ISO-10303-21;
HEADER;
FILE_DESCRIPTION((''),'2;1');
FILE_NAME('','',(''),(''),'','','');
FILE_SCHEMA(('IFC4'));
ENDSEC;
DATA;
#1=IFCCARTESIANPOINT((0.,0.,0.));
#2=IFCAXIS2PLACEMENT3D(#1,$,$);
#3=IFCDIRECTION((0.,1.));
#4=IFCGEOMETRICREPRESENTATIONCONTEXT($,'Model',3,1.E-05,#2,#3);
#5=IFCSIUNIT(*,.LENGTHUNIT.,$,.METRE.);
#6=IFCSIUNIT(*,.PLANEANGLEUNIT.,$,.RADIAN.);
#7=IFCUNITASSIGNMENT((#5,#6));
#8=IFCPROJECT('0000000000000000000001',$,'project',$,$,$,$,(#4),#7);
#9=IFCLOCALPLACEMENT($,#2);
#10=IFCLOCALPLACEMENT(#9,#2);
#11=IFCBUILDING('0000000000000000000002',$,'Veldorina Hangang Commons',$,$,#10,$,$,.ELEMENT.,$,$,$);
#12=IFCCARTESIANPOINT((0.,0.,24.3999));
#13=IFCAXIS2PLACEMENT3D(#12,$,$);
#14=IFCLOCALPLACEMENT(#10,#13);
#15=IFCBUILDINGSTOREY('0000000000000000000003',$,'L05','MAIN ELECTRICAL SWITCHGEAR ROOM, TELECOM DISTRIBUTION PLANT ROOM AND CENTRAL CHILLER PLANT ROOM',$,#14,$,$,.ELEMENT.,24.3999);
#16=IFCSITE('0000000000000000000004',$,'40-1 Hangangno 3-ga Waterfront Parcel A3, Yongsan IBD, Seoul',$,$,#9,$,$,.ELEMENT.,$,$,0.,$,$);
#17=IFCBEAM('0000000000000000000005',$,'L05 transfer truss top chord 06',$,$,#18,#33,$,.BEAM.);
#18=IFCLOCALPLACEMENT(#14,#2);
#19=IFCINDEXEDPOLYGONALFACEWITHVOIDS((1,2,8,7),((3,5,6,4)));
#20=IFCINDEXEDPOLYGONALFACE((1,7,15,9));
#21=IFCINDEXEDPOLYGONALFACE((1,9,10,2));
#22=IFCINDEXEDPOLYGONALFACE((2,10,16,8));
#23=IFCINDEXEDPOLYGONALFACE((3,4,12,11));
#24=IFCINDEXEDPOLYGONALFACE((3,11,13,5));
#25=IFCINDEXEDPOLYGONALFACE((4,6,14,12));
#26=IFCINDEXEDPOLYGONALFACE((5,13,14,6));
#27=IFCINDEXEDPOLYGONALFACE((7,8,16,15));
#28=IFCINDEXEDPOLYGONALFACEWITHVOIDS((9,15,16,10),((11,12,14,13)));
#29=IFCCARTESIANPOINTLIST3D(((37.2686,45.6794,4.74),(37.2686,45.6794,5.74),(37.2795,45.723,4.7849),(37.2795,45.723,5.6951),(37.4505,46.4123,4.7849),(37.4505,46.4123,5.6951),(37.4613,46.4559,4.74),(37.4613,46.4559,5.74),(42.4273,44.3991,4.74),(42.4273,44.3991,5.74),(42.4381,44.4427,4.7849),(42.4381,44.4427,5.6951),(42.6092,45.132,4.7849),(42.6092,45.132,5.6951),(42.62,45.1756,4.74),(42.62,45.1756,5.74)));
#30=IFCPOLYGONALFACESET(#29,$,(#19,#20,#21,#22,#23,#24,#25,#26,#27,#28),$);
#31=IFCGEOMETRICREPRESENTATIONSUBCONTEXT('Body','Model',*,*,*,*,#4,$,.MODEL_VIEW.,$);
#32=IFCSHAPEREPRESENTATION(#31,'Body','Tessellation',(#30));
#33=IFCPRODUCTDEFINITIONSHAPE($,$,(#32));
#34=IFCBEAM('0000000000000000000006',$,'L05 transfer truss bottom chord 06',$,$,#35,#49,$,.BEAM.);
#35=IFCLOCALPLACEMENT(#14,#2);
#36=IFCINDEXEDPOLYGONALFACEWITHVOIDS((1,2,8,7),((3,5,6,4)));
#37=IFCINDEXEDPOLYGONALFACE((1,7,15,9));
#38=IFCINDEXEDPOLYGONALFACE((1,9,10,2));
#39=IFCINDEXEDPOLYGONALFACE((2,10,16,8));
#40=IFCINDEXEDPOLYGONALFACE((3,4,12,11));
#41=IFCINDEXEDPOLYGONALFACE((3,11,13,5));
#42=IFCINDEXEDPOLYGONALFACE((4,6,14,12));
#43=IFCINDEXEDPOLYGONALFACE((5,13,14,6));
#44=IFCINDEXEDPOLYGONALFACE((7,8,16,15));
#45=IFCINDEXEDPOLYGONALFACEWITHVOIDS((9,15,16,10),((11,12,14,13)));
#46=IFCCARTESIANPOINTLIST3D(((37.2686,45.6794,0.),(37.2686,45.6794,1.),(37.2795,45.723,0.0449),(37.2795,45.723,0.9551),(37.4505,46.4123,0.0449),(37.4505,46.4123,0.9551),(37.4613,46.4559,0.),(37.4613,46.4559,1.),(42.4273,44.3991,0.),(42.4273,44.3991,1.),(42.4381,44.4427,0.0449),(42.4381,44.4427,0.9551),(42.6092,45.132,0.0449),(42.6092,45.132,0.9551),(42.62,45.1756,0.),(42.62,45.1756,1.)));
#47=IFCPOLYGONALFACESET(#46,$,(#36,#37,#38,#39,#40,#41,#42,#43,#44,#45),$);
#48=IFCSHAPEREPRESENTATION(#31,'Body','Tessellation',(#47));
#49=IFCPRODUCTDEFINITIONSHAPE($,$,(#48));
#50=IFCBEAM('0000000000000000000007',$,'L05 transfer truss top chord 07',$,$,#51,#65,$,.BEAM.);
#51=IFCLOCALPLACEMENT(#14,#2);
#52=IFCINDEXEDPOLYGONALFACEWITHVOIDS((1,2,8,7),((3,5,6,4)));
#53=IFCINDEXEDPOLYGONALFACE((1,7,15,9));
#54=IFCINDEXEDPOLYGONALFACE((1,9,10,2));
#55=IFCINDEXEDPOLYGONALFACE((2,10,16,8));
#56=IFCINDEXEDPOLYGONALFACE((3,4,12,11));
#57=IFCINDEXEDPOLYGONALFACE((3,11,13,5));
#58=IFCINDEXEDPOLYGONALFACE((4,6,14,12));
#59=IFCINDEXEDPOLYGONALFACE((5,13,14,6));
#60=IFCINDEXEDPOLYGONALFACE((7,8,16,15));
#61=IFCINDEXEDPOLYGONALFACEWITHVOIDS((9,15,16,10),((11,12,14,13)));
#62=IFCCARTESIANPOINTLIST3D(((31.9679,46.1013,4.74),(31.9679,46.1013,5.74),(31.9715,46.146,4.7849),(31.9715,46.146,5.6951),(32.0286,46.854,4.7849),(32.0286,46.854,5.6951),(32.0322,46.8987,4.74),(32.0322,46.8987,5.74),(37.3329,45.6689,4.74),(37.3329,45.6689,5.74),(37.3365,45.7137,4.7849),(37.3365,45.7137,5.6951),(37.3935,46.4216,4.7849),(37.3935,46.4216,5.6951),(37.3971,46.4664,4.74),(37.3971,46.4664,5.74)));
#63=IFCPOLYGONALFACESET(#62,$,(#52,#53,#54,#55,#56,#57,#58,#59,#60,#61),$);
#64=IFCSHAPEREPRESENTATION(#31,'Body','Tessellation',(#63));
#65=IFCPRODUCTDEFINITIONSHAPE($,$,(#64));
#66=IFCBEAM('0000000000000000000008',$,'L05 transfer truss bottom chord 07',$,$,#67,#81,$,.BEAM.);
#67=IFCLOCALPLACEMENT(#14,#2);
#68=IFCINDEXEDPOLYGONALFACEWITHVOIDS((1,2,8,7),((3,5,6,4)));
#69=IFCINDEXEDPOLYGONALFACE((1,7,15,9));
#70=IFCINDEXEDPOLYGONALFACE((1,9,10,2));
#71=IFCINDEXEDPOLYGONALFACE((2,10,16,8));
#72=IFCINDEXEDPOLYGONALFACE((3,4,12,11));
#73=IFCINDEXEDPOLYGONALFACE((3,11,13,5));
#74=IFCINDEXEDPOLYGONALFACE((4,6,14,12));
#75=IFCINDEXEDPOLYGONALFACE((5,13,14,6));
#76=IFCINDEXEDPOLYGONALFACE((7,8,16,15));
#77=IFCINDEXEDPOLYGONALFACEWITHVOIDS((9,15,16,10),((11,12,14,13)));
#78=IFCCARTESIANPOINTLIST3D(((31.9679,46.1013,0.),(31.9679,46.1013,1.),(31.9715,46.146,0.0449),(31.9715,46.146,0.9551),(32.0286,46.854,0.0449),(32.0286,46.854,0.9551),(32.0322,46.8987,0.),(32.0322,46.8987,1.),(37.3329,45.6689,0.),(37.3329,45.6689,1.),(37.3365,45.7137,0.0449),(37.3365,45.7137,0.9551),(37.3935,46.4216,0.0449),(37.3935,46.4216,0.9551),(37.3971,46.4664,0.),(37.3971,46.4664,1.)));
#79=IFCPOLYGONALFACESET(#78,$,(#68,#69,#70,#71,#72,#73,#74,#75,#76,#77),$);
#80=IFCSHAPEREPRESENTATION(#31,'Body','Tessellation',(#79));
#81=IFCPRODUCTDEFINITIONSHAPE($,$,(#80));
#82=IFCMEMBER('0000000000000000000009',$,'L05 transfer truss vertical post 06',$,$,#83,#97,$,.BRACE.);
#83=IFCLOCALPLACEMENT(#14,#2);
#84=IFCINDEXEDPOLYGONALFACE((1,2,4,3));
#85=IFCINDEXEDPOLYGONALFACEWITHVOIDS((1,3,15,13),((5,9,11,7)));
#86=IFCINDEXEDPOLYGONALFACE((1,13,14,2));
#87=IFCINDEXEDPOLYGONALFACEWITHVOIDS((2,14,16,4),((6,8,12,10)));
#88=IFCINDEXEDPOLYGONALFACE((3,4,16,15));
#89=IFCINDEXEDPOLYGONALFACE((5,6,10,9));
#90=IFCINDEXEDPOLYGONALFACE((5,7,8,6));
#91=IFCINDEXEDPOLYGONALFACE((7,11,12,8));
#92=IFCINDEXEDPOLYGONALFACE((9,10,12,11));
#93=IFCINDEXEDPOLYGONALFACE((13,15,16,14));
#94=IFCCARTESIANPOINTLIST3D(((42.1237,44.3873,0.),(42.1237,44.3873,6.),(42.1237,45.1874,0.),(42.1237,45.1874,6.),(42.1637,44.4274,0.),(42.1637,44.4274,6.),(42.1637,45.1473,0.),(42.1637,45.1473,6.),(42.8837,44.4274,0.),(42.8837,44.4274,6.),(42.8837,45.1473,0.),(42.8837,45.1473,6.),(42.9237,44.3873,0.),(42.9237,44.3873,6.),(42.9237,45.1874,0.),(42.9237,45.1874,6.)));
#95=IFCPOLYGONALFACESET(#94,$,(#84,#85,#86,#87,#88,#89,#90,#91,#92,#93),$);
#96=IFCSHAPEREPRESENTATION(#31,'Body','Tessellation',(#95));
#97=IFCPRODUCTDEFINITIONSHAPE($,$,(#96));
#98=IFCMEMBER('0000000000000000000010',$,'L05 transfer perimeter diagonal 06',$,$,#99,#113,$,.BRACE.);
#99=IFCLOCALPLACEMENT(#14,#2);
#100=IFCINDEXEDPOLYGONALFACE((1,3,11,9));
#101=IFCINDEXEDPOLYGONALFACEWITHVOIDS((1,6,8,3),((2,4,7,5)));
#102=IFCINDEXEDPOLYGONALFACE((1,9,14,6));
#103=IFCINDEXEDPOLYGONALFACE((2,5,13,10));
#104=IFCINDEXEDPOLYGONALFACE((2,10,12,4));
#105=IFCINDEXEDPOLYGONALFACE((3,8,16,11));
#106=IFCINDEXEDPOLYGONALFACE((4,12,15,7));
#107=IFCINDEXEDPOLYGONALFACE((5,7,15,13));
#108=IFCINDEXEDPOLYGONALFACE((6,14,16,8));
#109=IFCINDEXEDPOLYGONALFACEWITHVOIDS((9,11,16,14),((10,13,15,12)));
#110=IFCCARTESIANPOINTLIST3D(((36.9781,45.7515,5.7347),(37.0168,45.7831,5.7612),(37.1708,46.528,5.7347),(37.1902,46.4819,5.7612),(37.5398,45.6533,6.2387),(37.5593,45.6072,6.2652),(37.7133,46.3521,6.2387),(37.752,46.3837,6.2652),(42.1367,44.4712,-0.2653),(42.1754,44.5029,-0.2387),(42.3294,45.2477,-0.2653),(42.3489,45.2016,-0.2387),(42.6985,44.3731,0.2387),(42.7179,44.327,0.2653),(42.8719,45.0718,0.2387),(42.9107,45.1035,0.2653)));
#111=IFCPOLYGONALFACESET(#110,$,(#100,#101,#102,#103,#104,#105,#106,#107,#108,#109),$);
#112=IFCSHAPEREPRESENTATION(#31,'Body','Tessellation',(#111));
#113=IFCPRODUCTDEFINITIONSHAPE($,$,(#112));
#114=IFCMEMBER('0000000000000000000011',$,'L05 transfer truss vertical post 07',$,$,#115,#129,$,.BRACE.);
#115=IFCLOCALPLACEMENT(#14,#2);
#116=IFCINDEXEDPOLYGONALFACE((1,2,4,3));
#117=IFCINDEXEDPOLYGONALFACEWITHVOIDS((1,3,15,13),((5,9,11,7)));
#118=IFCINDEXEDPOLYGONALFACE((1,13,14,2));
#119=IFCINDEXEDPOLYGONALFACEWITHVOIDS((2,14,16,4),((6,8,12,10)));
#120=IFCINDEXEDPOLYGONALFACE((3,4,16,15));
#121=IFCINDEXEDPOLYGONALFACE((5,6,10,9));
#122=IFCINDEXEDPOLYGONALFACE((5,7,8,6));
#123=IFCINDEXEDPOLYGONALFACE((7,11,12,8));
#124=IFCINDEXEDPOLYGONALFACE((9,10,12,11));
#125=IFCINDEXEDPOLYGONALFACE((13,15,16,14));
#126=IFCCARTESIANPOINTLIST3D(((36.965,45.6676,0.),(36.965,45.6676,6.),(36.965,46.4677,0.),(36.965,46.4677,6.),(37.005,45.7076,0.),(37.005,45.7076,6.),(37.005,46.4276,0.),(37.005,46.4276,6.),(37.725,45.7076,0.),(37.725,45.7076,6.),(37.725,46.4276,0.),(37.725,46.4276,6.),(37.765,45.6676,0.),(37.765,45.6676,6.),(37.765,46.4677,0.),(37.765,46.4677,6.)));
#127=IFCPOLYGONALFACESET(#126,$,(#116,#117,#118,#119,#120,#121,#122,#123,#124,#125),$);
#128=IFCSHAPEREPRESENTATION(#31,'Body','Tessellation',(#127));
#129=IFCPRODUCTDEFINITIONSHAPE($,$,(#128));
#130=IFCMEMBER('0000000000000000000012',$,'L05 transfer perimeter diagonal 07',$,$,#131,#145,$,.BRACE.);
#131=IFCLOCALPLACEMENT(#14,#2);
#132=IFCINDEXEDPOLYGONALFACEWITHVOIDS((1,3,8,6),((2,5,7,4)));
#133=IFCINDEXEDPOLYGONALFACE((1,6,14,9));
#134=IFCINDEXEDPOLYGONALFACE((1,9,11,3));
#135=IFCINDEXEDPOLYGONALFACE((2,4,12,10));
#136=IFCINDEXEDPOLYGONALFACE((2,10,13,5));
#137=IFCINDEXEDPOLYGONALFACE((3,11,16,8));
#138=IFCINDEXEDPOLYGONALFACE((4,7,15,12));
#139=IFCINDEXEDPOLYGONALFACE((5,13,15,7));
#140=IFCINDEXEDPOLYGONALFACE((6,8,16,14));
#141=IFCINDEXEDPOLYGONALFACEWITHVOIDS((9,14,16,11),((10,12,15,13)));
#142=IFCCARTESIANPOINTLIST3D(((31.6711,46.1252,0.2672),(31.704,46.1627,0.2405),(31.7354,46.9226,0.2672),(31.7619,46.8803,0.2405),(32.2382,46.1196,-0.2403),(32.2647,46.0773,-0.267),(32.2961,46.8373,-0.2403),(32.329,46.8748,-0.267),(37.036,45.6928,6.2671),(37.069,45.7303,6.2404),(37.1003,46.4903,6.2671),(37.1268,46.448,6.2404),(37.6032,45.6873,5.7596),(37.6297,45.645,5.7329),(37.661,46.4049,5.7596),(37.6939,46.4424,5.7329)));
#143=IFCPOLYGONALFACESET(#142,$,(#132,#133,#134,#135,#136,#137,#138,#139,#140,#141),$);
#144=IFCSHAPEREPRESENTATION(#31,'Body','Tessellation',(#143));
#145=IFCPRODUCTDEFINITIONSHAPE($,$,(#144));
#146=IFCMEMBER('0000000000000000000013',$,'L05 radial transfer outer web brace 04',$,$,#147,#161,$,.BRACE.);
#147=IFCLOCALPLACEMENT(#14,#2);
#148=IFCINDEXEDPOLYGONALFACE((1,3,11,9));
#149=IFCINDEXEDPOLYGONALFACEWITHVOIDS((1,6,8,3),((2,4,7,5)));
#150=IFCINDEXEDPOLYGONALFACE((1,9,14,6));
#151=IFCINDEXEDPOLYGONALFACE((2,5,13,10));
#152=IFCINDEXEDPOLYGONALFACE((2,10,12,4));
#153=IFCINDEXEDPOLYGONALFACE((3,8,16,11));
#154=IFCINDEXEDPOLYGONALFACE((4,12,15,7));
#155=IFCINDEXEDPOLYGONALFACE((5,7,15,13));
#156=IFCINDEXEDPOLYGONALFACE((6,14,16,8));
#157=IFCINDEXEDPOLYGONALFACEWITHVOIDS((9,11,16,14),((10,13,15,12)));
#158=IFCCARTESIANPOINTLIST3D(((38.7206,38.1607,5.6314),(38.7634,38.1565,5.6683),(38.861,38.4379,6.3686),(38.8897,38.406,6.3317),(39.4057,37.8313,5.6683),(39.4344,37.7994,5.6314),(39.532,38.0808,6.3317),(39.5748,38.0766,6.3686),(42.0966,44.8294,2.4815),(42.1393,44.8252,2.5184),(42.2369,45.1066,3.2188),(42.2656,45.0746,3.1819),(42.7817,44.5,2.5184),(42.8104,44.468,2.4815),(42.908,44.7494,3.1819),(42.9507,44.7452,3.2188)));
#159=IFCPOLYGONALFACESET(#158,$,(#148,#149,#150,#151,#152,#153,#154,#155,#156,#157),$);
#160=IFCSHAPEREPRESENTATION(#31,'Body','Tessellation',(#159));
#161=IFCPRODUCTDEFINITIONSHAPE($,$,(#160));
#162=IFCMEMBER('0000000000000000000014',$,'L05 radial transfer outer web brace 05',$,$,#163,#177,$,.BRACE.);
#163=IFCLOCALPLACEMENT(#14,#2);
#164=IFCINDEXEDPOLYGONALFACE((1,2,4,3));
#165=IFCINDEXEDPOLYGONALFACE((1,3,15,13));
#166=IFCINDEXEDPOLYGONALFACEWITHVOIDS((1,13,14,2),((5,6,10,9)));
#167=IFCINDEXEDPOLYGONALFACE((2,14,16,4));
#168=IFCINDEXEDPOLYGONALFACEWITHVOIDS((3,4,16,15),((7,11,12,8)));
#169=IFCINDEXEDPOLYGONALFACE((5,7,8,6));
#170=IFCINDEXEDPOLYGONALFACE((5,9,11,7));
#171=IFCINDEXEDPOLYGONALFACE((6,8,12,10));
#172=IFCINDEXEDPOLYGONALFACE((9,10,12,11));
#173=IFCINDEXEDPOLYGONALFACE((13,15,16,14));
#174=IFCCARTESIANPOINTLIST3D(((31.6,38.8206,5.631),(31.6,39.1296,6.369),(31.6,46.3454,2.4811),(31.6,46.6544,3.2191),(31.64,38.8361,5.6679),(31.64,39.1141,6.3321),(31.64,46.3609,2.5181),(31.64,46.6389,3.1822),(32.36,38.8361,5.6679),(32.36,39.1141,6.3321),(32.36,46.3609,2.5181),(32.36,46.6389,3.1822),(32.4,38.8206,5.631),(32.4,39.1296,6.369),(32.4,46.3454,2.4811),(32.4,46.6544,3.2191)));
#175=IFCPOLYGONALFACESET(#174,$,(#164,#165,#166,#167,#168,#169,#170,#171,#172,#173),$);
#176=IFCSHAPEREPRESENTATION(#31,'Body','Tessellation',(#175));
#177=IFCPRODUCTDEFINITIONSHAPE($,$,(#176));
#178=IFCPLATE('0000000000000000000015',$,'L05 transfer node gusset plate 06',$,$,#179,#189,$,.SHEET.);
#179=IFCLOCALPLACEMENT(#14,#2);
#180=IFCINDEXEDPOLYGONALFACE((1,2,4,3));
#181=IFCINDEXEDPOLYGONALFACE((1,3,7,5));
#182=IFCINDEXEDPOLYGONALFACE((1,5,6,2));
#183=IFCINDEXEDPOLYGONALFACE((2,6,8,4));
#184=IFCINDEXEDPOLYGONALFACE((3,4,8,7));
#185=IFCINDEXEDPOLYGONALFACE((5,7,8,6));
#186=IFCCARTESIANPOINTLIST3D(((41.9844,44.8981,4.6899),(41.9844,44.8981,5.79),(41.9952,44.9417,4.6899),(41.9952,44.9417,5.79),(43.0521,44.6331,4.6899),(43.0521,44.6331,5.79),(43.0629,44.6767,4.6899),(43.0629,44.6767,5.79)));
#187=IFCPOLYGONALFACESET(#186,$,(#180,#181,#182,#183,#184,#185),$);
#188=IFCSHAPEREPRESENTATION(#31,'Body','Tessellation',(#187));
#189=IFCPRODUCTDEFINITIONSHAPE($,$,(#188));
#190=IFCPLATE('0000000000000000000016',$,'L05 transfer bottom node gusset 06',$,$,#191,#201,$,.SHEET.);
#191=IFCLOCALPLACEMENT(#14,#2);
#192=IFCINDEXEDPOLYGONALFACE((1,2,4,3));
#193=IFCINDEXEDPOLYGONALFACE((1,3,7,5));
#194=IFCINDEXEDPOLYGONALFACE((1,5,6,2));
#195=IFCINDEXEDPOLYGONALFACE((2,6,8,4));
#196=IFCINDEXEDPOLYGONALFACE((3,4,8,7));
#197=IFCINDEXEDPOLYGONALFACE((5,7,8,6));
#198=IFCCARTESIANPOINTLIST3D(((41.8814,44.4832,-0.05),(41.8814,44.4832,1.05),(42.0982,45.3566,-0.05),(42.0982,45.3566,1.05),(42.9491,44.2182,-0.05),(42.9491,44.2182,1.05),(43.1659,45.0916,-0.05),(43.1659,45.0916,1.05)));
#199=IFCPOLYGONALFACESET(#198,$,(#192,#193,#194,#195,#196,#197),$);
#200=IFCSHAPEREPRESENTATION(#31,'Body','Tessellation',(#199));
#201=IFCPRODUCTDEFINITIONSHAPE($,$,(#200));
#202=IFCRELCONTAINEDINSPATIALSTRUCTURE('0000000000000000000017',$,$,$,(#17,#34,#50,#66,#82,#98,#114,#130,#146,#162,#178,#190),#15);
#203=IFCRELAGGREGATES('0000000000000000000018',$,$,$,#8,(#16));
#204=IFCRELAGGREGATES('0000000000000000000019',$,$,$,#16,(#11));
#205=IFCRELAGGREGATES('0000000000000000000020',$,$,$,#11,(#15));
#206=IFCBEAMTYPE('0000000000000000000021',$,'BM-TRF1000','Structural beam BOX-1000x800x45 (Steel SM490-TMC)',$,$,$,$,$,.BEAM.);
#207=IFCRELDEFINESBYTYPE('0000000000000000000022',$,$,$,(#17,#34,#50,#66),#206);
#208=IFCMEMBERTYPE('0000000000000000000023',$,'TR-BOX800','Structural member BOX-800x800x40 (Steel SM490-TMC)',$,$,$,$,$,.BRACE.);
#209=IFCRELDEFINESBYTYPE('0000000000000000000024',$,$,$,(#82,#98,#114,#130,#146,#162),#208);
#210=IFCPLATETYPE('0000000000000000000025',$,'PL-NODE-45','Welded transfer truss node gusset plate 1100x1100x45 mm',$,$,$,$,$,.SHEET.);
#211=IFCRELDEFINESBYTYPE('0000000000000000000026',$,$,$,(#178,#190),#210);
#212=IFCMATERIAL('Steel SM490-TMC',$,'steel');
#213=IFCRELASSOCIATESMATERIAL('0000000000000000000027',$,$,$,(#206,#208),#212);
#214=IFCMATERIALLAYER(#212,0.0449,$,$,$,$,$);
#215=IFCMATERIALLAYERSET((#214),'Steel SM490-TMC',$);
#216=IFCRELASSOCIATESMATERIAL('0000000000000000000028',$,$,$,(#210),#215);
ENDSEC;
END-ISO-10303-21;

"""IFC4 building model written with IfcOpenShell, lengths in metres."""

from ifc_helpers import new_model, si_unit, direction, frame, origin, origin_2d, place, context, subcontext, project, spatial, rectangle, hollow_rectangle, extrude, material, layer, layer_set, material_profile, profile_set, type_object, element, save


model = new_model("IFC4")

# Units and contexts
model_context = context("Model", 3, precision=1e-05, world=origin(), true_north=direction((0.0, 1.0)))
body_context = subcontext(model_context, "Body", "Model", "MODEL_VIEW")
ifc_project = project(units=[si_unit("LENGTHUNIT", "METRE"), si_unit("PLANEANGLEUNIT", "RADIAN")], contexts=[model_context])

# Site, building, storey
site_placement = place(None, origin())
site = spatial("IfcSite", under=ifc_project, at=site_placement, Name="40-1 Hangangno 3-ga Waterfront Parcel A3, Yongsan IBD, Seoul", CompositionType="ELEMENT", RefElevation=0.0)
building_placement = place(site_placement, origin())
building = spatial("IfcBuilding", under=site, at=building_placement, Name="Veldorina Hangang Commons", CompositionType="ELEMENT")
storey_placement = place(building_placement, frame((0.0, 0.0, 24.3999)))
storey = spatial("IfcBuildingStorey", under=building, at=storey_placement, Name="L05", Description="MAIN ELECTRICAL SWITCHGEAR ROOM, TELECOM DISTRIBUTION PLANT ROOM AND CENTRAL CHILLER PLANT ROOM", CompositionType="ELEMENT", Elevation=24.3999)

# Beams
ifc_material_1 = material(Name="Steel SM490-TMC", Category="steel")
ifc_material_profile_1 = material_profile(ifc_material_1, hollow_rectangle(XDim=0.8, YDim=1.0, WallThickness=0.0449, at=origin_2d()), Name="BOX-1000x800x45")
ifc_profile_set_1 = profile_set([ifc_material_profile_1], Name="Steel SM490-TMC")
beam_type = type_object("IfcBeamType", Name="BM-TRF1000", Description="Structural beam BOX-1000x800x45 (Steel SM490-TMC)", PredefinedType="BEAM", material=ifc_profile_set_1)
for number, where, z_axis, x_axis, name in (
    (1, (42.5237, 44.7874, 5.24), (-0.970557, 0.240871, 0.0), (-0.240871, -0.970557, 0.0), "L05 transfer truss top chord 06"),
    (2, (42.5237, 44.7874, 0.5), (-0.970557, 0.240871, 0.0), (-0.240871, -0.970557, 0.0), "L05 transfer truss bottom chord 06"),
):
    element("IfcBeam", number, at=place(storey_placement, frame(where, z_axis=z_axis, x_axis=x_axis)), inside=storey, type_object=beam_type, Name=name, PredefinedType="BEAM", context=body_context, shape_type="SweptSolid", body=[
        extrude(hollow_rectangle(XDim=0.8, YDim=1.0, WallThickness=0.0449, at=origin_2d()), origin(), (0.0, 0.0, 1.0), 5.3152),
    ])
for number, where, z_axis, x_axis, name in (
    (3, (37.365, 46.0676, 5.24), (-0.996768, 0.080331, 0.0), (-0.080331, -0.996768, 0.0), "L05 transfer truss top chord 07"),
    (4, (37.365, 46.0676, 0.5), (-0.996768, 0.080331, 0.0), (-0.080331, -0.996768, 0.0), "L05 transfer truss bottom chord 07"),
):
    element("IfcBeam", number, at=place(storey_placement, frame(where, z_axis=z_axis, x_axis=x_axis)), inside=storey, type_object=beam_type, Name=name, PredefinedType="BEAM", context=body_context, shape_type="SweptSolid", body=[
        extrude(hollow_rectangle(XDim=0.8, YDim=1.0, WallThickness=0.0449, at=origin_2d()), origin(), (0.0, 0.0, 1.0), 5.3823),
    ])

# Members
ifc_material_profile_2 = material_profile(ifc_material_1, hollow_rectangle(XDim=0.8, YDim=0.8, WallThickness=0.04, at=origin_2d()), Name="BOX-800x800x40")
ifc_profile_set_2 = profile_set([ifc_material_profile_2], Name="Steel SM490-TMC")
member_type = type_object("IfcMemberType", Name="TR-BOX800", Description="Structural member BOX-800x800x40 (Steel SM490-TMC)", PredefinedType="BRACE", material=ifc_profile_set_2)
member_1_placement = place(storey_placement, frame((42.5237, 44.7874, 0.0), z_axis=(0.0, 0.0, 1.0), x_axis=(1.0, 0.0, 0.0)))
element("IfcMember", 5, at=member_1_placement, inside=storey, type_object=member_type, Name="L05 transfer truss vertical post 06", PredefinedType="BRACE", context=body_context, shape_type="SweptSolid", body=[
    extrude(hollow_rectangle(XDim=0.8, YDim=0.8, WallThickness=0.04, at=origin_2d()), origin(), (0.0, 0.0, 1.0), 6.0),
])
member_2_placement = place(storey_placement, frame((42.5237, 44.7874, 0.0), z_axis=(-0.643575, 0.159721, 0.748532), x_axis=(-0.240871, -0.970557, 0.0)))
element("IfcMember", 6, at=member_2_placement, inside=storey, type_object=member_type, Name="L05 transfer perimeter diagonal 06", PredefinedType="BRACE", context=body_context, shape_type="SweptSolid", body=[
    extrude(hollow_rectangle(XDim=0.8, YDim=0.8, WallThickness=0.04, at=origin_2d()), origin(), (0.0, 0.0, 1.0), 8.0156),
])
member_3_placement = place(storey_placement, frame((37.365, 46.0676, 0.0), z_axis=(0.0, 0.0, 1.0), x_axis=(1.0, 0.0, 0.0)))
element("IfcMember", 7, at=member_3_placement, inside=storey, type_object=member_type, Name="L05 transfer truss vertical post 07", PredefinedType="BRACE", context=body_context, shape_type="SweptSolid", body=[
    extrude(hollow_rectangle(XDim=0.8, YDim=0.8, WallThickness=0.04, at=origin_2d()), origin(), (0.0, 0.0, 1.0), 6.0),
])
member_4_placement = place(storey_placement, frame((37.365, 46.0676, 6.0), z_axis=(-0.665598, 0.053642, -0.74438), x_axis=(-0.080331, -0.996768, 0.0)))
element("IfcMember", 8, at=member_4_placement, inside=storey, type_object=member_type, Name="L05 transfer perimeter diagonal 07", PredefinedType="BRACE", context=body_context, shape_type="SweptSolid", body=[
    extrude(hollow_rectangle(XDim=0.8, YDim=0.8, WallThickness=0.04, at=origin_2d()), origin(), (0.0, 0.0, 1.0), 8.0603),
])
member_5_placement = place(storey_placement, frame((39.1477, 38.1187, 6.0), z_axis=(0.416215, 0.822165, -0.388342), x_axis=(-0.892188, 0.451663, 0.0)))
element("IfcMember", 9, at=member_5_placement, inside=storey, type_object=member_type, Name="L05 radial transfer outer web brace 04", PredefinedType="BRACE", context=body_context, shape_type="SweptSolid", body=[
    extrude(hollow_rectangle(XDim=0.8, YDim=0.8, WallThickness=0.04, at=origin_2d()), origin(), (0.0, 0.0, 1.0), 8.1111),
])
member_6_placement = place(storey_placement, frame((32.0, 38.9751, 6.0), z_axis=(0.0, 0.922443, -0.386132), x_axis=(-1.0, 0.0, 0.0)))
element("IfcMember", 10, at=member_6_placement, inside=storey, type_object=member_type, Name="L05 radial transfer outer web brace 05", PredefinedType="BRACE", context=body_context, shape_type="SweptSolid", body=[
    extrude(hollow_rectangle(XDim=0.8, YDim=0.8, WallThickness=0.04, at=origin_2d()), origin(), (0.0, 0.0, 1.0), 8.1575),
])

# Plates
ifc_layer_1 = layer(ifc_material_1, 0.0449)
ifc_layer_set_1 = layer_set([ifc_layer_1], Name="Steel SM490-TMC")
plate_type = type_object("IfcPlateType", Name="PL-NODE-45", Description="Welded transfer truss node gusset plate 1100x1100x45 mm", PredefinedType="SHEET", material=ifc_layer_set_1)
plate_1_placement = place(storey_placement, frame((42.5237, 44.7874, 4.6899), z_axis=(0.0, 0.0, 1.0), x_axis=(-0.970553, 0.240889, 0.0)))
element("IfcPlate", 11, at=plate_1_placement, inside=storey, type_object=plate_type, Name="L05 transfer node gusset plate 06", PredefinedType="SHEET", context=body_context, shape_type="SweptSolid", body=[
    extrude(rectangle(XDim=1.1001, YDim=0.0449, at=origin_2d()), origin(), (0.0, 0.0, 1.0), 1.1001),
])
plate_2_placement = place(storey_placement, frame((42.5237, 44.7874, -0.05), z_axis=(0.0, 0.0, 1.0), x_axis=(-0.970553, 0.240889, 0.0)))
element("IfcPlate", 12, at=plate_2_placement, inside=storey, type_object=plate_type, Name="L05 transfer bottom node gusset 06", PredefinedType="SHEET", context=body_context, shape_type="SweptSolid", body=[
    extrude(rectangle(XDim=1.1001, YDim=0.8999, at=origin_2d()), origin(), (0.0, 0.0, 1.0), 1.1001),
])

save(model, "model.ifc")
